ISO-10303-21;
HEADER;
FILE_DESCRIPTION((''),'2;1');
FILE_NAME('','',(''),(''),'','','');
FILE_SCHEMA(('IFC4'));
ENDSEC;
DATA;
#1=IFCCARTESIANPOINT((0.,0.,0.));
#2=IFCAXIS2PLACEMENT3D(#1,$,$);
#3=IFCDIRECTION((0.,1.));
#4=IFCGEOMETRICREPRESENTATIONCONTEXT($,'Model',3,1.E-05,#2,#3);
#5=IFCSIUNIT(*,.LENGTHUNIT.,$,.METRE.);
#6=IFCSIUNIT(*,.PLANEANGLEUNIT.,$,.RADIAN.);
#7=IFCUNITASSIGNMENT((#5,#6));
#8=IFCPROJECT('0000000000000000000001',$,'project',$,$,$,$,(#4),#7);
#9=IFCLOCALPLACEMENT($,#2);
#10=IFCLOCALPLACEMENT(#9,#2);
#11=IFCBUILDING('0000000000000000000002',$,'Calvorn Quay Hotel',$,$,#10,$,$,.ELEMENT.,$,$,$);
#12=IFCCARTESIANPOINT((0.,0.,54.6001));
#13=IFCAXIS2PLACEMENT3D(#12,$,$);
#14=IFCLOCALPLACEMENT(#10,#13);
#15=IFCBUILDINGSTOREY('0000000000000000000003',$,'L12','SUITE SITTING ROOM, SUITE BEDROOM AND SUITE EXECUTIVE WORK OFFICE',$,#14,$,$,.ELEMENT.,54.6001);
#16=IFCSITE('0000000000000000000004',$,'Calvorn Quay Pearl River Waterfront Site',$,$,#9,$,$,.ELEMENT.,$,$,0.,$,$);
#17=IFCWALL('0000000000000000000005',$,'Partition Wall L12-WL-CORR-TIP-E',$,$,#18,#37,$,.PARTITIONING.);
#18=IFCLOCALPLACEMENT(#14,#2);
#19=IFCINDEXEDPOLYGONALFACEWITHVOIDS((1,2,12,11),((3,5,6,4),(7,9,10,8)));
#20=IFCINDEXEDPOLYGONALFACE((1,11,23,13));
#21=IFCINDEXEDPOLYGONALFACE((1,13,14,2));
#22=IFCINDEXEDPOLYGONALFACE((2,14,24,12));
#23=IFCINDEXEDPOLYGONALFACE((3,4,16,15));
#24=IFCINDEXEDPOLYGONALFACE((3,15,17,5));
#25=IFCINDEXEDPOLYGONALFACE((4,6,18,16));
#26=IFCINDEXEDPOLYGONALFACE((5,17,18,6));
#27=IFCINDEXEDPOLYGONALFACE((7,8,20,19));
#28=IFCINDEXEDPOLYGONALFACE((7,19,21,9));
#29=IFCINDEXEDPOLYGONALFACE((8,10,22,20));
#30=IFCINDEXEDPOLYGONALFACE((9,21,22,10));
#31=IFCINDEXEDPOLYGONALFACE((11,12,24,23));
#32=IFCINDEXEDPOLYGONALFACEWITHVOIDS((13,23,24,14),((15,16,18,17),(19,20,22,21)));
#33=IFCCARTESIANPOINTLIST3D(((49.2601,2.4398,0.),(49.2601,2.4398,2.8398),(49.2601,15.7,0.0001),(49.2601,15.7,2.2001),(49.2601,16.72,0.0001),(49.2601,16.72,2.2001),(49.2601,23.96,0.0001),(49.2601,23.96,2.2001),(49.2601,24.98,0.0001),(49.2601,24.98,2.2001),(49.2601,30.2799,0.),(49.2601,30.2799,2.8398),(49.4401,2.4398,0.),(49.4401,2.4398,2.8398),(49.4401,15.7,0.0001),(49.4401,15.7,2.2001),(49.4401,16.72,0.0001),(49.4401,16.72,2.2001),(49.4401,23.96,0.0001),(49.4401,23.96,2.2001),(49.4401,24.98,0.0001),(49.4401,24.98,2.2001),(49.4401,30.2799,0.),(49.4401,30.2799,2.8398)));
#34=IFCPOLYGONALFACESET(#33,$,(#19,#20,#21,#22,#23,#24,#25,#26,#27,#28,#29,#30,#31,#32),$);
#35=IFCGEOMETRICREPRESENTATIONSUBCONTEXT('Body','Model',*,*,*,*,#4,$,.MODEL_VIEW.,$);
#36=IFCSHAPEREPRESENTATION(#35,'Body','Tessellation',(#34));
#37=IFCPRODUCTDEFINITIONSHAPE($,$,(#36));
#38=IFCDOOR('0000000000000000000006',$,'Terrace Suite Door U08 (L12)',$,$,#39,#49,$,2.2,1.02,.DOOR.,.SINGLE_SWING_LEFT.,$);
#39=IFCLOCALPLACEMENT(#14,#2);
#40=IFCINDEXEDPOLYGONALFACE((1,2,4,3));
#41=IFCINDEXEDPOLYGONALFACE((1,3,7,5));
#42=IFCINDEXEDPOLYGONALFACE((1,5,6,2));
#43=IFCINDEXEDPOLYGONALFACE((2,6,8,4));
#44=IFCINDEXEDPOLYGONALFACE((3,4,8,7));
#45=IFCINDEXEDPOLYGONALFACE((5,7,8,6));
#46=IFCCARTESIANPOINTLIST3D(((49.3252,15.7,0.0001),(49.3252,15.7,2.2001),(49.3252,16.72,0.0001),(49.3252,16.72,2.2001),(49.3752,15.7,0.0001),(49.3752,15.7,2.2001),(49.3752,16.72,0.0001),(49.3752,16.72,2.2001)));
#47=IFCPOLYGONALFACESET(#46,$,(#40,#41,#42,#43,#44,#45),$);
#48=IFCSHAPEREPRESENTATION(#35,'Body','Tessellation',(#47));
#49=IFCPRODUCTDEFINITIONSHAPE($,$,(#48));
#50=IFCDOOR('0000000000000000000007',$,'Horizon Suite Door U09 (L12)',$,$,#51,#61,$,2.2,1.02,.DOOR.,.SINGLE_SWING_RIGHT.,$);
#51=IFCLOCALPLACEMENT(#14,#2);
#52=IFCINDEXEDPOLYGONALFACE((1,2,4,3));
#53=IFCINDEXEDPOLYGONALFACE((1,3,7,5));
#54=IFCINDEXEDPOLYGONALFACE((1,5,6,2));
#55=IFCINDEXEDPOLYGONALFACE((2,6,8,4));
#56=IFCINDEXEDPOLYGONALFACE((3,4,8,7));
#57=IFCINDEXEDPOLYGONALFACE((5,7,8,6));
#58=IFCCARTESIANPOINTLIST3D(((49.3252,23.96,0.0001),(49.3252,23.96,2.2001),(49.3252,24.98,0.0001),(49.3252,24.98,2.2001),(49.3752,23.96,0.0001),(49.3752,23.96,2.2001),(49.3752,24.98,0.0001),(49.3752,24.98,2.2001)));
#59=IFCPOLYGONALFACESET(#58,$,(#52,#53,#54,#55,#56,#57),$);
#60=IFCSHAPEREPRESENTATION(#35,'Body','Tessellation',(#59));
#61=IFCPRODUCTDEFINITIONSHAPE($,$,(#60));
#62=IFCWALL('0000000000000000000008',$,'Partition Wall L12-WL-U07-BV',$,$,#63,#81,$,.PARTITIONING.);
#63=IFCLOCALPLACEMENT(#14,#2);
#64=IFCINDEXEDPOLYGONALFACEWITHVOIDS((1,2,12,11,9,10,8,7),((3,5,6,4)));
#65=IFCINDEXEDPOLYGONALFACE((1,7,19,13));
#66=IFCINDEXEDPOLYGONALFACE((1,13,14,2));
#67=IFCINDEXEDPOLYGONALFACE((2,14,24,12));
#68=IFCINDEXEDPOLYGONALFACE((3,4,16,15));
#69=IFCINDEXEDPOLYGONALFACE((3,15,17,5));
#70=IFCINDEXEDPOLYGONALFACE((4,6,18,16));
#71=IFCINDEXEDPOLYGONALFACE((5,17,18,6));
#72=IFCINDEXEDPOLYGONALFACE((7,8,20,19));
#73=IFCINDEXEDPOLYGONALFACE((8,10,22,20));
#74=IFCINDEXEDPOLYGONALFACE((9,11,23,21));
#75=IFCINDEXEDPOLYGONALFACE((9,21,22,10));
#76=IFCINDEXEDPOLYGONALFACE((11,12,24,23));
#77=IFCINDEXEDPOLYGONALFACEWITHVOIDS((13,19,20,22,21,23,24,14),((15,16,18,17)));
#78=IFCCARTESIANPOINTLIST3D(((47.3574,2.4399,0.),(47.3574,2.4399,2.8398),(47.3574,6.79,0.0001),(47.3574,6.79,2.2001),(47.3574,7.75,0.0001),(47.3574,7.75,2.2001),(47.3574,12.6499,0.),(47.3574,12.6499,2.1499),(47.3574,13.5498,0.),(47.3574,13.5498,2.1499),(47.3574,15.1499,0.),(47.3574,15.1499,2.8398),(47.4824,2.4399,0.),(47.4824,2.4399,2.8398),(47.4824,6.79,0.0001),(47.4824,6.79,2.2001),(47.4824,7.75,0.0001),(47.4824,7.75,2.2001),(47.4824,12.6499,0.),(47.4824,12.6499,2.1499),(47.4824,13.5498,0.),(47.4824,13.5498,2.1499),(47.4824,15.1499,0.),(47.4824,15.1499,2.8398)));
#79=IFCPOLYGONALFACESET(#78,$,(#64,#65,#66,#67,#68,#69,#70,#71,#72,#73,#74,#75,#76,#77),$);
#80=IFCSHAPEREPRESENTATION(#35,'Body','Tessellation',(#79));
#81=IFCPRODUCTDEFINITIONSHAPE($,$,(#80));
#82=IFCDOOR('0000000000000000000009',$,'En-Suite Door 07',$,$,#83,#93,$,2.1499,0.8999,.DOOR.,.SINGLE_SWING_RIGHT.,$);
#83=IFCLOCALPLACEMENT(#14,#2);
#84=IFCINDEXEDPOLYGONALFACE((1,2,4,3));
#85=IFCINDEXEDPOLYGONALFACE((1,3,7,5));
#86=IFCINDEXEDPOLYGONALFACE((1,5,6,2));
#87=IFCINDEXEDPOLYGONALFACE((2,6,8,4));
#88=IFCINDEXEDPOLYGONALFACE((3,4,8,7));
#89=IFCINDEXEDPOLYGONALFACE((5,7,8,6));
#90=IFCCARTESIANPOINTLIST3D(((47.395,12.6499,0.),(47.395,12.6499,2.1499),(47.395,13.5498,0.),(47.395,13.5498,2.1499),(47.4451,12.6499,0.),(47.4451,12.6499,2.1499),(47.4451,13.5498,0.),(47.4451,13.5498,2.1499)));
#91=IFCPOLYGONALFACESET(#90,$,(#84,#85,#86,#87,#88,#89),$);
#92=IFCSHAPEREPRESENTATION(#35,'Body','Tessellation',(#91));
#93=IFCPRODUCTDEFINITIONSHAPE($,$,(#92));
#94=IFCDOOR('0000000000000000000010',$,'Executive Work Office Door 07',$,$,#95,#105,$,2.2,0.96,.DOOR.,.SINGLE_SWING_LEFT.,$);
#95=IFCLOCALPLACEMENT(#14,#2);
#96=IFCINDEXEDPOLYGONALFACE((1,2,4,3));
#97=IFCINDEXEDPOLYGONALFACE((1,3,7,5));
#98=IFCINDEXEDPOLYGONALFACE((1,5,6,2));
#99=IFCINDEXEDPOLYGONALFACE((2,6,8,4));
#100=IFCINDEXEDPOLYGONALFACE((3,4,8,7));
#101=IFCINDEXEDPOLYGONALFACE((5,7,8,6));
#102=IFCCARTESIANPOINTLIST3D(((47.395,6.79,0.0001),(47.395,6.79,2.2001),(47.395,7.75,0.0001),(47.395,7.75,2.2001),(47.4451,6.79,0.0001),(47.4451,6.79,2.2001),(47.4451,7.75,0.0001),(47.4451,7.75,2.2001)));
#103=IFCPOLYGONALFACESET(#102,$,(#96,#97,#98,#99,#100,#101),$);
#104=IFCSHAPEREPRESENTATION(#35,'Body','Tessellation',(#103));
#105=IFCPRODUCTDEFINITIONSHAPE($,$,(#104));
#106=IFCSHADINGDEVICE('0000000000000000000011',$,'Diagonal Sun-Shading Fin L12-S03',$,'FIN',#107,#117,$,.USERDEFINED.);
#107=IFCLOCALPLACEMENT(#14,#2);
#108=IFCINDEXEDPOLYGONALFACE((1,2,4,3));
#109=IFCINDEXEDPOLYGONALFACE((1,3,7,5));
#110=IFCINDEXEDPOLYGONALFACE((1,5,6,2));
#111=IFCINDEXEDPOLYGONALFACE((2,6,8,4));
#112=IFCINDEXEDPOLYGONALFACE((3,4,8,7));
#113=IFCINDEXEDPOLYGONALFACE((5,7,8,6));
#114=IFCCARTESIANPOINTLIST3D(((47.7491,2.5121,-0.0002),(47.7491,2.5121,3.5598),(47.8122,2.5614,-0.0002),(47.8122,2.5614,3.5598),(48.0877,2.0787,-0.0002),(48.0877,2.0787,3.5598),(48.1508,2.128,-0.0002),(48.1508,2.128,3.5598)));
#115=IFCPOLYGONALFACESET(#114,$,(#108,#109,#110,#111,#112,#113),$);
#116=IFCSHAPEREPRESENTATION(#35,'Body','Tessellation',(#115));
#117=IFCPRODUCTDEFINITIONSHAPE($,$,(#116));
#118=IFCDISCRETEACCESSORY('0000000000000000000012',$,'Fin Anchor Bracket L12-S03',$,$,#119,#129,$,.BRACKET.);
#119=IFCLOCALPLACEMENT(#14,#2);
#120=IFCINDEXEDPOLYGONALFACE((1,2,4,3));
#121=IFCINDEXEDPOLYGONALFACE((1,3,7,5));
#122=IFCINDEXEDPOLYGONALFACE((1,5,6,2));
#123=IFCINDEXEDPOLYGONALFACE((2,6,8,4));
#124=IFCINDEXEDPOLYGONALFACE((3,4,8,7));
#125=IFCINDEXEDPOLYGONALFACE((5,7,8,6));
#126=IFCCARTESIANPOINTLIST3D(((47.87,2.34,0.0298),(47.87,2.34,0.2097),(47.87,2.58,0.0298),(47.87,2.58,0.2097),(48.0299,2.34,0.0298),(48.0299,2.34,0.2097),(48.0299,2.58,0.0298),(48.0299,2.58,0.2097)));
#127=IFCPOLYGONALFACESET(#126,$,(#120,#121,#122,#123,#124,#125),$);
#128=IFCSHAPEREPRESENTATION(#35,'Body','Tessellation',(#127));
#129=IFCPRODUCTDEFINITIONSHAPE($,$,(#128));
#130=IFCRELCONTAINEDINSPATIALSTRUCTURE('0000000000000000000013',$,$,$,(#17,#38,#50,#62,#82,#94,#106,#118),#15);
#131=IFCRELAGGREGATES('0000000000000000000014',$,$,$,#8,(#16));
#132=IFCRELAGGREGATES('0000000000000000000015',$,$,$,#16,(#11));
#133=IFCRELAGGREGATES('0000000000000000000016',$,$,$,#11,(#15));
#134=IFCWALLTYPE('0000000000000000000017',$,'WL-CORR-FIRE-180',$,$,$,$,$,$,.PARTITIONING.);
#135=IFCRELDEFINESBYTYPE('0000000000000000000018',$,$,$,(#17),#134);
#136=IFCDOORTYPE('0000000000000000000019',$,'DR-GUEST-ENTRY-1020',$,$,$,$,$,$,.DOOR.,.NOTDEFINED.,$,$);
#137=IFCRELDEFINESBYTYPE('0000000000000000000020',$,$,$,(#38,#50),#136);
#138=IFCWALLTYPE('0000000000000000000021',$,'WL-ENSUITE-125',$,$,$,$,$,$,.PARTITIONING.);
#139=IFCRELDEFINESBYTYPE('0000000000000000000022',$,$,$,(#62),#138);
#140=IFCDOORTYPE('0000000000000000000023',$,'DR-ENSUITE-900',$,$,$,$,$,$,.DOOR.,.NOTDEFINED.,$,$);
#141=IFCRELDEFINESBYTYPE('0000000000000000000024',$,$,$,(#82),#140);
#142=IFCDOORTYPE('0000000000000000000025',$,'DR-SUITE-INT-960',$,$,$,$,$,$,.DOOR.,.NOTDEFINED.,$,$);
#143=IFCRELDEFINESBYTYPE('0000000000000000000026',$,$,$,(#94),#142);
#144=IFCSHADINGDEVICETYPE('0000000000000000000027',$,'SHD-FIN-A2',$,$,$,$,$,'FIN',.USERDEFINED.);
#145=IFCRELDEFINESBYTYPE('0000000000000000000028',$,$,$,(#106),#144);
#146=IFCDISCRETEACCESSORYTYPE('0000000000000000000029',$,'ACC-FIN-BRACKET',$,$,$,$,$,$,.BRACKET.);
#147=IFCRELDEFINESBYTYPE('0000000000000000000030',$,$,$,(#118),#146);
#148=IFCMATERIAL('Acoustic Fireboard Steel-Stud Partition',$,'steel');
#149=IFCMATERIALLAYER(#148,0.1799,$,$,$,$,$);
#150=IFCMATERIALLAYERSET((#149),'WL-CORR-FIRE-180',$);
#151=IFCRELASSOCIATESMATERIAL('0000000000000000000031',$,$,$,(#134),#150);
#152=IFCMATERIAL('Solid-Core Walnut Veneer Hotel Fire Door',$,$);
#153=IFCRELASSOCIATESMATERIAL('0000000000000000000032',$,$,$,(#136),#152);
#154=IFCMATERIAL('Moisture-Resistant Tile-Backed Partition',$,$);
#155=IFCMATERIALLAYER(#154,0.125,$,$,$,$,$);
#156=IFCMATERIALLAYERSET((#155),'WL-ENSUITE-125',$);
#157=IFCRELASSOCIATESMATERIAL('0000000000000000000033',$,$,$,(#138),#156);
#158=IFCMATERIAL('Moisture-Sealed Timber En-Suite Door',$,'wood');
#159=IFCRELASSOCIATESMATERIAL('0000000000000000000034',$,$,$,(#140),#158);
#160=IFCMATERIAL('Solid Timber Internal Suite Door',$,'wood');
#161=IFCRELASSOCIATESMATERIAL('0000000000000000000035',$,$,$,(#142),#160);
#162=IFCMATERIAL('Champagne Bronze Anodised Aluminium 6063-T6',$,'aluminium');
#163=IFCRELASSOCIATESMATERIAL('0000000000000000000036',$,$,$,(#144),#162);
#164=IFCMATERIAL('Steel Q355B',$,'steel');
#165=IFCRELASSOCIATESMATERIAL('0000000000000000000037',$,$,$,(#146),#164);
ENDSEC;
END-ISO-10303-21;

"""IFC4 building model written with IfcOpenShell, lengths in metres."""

from ifc_helpers import new_model, si_unit, direction, frame, frame_2d, origin, origin_2d, place, context, subcontext, project, spatial, rectangle, extrude, material, layer, layer_set, type_object, element, fill, save


model = new_model("IFC4")

# Units and contexts
model_context = context("Model", 3, precision=1e-05, world=origin(), true_north=direction((0.0, 1.0)))
body_context = subcontext(model_context, "Body", "Model", "MODEL_VIEW")
ifc_project = project(units=[si_unit("LENGTHUNIT", "METRE"), si_unit("PLANEANGLEUNIT", "RADIAN")], contexts=[model_context])

# Site, building, storey
site_placement = place(None, origin())
site = spatial("IfcSite", under=ifc_project, at=site_placement, Name="Calvorn Quay Pearl River Waterfront Site", CompositionType="ELEMENT", RefElevation=0.0)
building_placement = place(site_placement, origin())
building = spatial("IfcBuilding", under=site, at=building_placement, Name="Calvorn Quay Hotel", CompositionType="ELEMENT")
storey_placement = place(building_placement, frame((0.0, 0.0, 54.6001)))
storey = spatial("IfcBuildingStorey", under=building, at=storey_placement, Name="L12", Description="SUITE SITTING ROOM, SUITE BEDROOM AND SUITE EXECUTIVE WORK OFFICE", CompositionType="ELEMENT", Elevation=54.6001)

# Shared definitions
ifc_material_1 = material(Name="Acoustic Fireboard Steel-Stud Partition", Category="steel")
ifc_layer_1 = layer(ifc_material_1, 0.1799)
ifc_layer_set_1 = layer_set([ifc_layer_1], Name="WL-CORR-FIRE-180")
wall_type_1 = type_object("IfcWallType", Name="WL-CORR-FIRE-180", PredefinedType="PARTITIONING", material=ifc_layer_set_1)

# Walls, openings, doors
wall_1_placement = place(storey_placement, frame((49.3501, 2.4399, 0.0), z_axis=(0.0, 0.0, 1.0), x_axis=(0.0, 1.0, 0.0)))
wall_1 = element("IfcWall", 1, at=wall_1_placement, inside=storey, type_object=wall_type_1, Name="Partition Wall L12-WL-CORR-TIP-E", PredefinedType="PARTITIONING", context=body_context, shape_type="SweptSolid", body=[
    extrude(rectangle(XDim=27.8401, YDim=0.1799, at=frame_2d((13.9199, 0.0))), origin(), (0.0, 0.0, 1.0), 2.8398),
])
opening_1_placement = place(wall_1_placement, frame((13.26, 0.0, 0.0)))
opening_1 = element("IfcOpeningElement", 2, at=opening_1_placement, cuts=wall_1, PredefinedType="OPENING", context=body_context, shape_type="SweptSolid", body=[
    extrude(rectangle(XDim=1.02, YDim=2.2, at=frame_2d((0.51, 1.1001))), frame((0.0, 0.0999, 0.0), z_axis=(0.0, -1.0, 0.0), x_axis=(1.0, 0.0, 0.0)), (0.0, 0.0, 1.0), 0.2),
])
opening_2_placement = place(wall_1_placement, frame((21.52, 0.0, 0.0)))
opening_2 = element("IfcOpeningElement", 3, at=opening_2_placement, cuts=wall_1, PredefinedType="OPENING", context=body_context, shape_type="SweptSolid", body=[
    extrude(rectangle(XDim=1.02, YDim=2.2, at=frame_2d((0.51, 1.1001))), frame((0.0, 0.0999, 0.0), z_axis=(0.0, -1.0, 0.0), x_axis=(1.0, 0.0, 0.0)), (0.0, 0.0, 1.0), 0.2),
])
ifc_material_2 = material(Name="Solid-Core Walnut Veneer Hotel Fire Door")
door_type_1 = type_object("IfcDoorType", Name="DR-GUEST-ENTRY-1020", OperationType="NOTDEFINED", PredefinedType="DOOR", material=ifc_material_2)
door_1_placement = place(opening_1_placement, origin())
door_1 = element("IfcDoor", 4, at=door_1_placement, inside=storey, type_object=door_type_1, Name="Terrace Suite Door U08 (L12)", OperationType="SINGLE_SWING_LEFT", OverallHeight=2.2, OverallWidth=1.02, PredefinedType="DOOR", context=body_context, shape_type="SweptSolid", body=[
    extrude(rectangle(XDim=1.02, YDim=2.2, at=frame_2d((0.51, 1.1001))), frame((0.0, 0.0249, 0.0), z_axis=(0.0, -1.0, 0.0), x_axis=(1.0, 0.0, 0.0)), (0.0, 0.0, 1.0), 0.05),
])
fill(opening_1, door_1)
door_2_placement = place(opening_2_placement, origin())
door_2 = element("IfcDoor", 5, at=door_2_placement, inside=storey, type_object=door_type_1, Name="Horizon Suite Door U09 (L12)", OperationType="SINGLE_SWING_RIGHT", OverallHeight=2.2, OverallWidth=1.02, PredefinedType="DOOR", context=body_context, shape_type="SweptSolid", body=[
    extrude(rectangle(XDim=1.02, YDim=2.2, at=frame_2d((0.51, 1.1001))), frame((0.0, 0.0249, 0.0), z_axis=(0.0, -1.0, 0.0), x_axis=(1.0, 0.0, 0.0)), (0.0, 0.0, 1.0), 0.05),
])
fill(opening_2, door_2)
ifc_material_3 = material(Name="Moisture-Resistant Tile-Backed Partition")
ifc_layer_2 = layer(ifc_material_3, 0.125)
ifc_layer_set_2 = layer_set([ifc_layer_2], Name="WL-ENSUITE-125")
wall_type_2 = type_object("IfcWallType", Name="WL-ENSUITE-125", PredefinedType="PARTITIONING", material=ifc_layer_set_2)
wall_2_placement = place(storey_placement, frame((47.4199, 2.4399, 0.0), z_axis=(0.0, 0.0, 1.0), x_axis=(0.0, 1.0, 0.0)))
wall_2 = element("IfcWall", 6, at=wall_2_placement, inside=storey, type_object=wall_type_2, Name="Partition Wall L12-WL-U07-BV", PredefinedType="PARTITIONING", context=body_context, shape_type="SweptSolid", body=[
    extrude(rectangle(XDim=12.71, YDim=0.125, at=frame_2d((6.355, 0.0))), origin(), (0.0, 0.0, 1.0), 2.8398),
])
opening_3_placement = place(wall_2_placement, frame((4.3501, 0.0, 0.0)))
opening_3 = element("IfcOpeningElement", 7, at=opening_3_placement, cuts=wall_2, PredefinedType="OPENING", context=body_context, shape_type="SweptSolid", body=[
    extrude(rectangle(XDim=0.96, YDim=2.2, at=frame_2d((0.48, 1.1001))), frame((0.0, 0.0725, 0.0), z_axis=(0.0, -1.0, 0.0), x_axis=(1.0, 0.0, 0.0)), (0.0, 0.0, 1.0), 0.145),
])
opening_4_placement = place(wall_2_placement, frame((10.21, 0.0, 0.0)))
opening_4 = element("IfcOpeningElement", 8, at=opening_4_placement, cuts=wall_2, PredefinedType="OPENING", context=body_context, shape_type="SweptSolid", body=[
    extrude(rectangle(XDim=0.8999, YDim=2.1499, at=frame_2d((0.45, 1.075))), frame((0.0, 0.0725, 0.0), z_axis=(0.0, -1.0, 0.0), x_axis=(1.0, 0.0, 0.0)), (0.0, 0.0, 1.0), 0.145),
])
ifc_material_4 = material(Name="Moisture-Sealed Timber En-Suite Door", Category="wood")
door_type_2 = type_object("IfcDoorType", Name="DR-ENSUITE-900", OperationType="NOTDEFINED", PredefinedType="DOOR", material=ifc_material_4)
door_3_placement = place(opening_4_placement, origin())
door_3 = element("IfcDoor", 9, at=door_3_placement, inside=storey, type_object=door_type_2, Name="En-Suite Door 07", OperationType="SINGLE_SWING_RIGHT", OverallHeight=2.1499, OverallWidth=0.8999, PredefinedType="DOOR", context=body_context, shape_type="SweptSolid", body=[
    extrude(rectangle(XDim=0.8999, YDim=2.1499, at=frame_2d((0.45, 1.075))), frame((0.0, 0.0249, 0.0), z_axis=(0.0, -1.0, 0.0), x_axis=(1.0, 0.0, 0.0)), (0.0, 0.0, 1.0), 0.05),
])
fill(opening_4, door_3)
ifc_material_5 = material(Name="Solid Timber Internal Suite Door", Category="wood")
door_type_3 = type_object("IfcDoorType", Name="DR-SUITE-INT-960", OperationType="NOTDEFINED", PredefinedType="DOOR", material=ifc_material_5)
door_4_placement = place(opening_3_placement, origin())
door_4 = element("IfcDoor", 10, at=door_4_placement, inside=storey, type_object=door_type_3, Name="Executive Work Office Door 07", OperationType="SINGLE_SWING_LEFT", OverallHeight=2.2, OverallWidth=0.96, PredefinedType="DOOR", context=body_context, shape_type="SweptSolid", body=[
    extrude(rectangle(XDim=0.96, YDim=2.2, at=frame_2d((0.48, 1.1001))), frame((0.0, 0.0249, 0.0), z_axis=(0.0, -1.0, 0.0), x_axis=(1.0, 0.0, 0.0)), (0.0, 0.0, 1.0), 0.05),
])
fill(opening_3, door_4)

# Shading device
ifc_material_6 = material(Name="Champagne Bronze Anodised Aluminium 6063-T6", Category="aluminium")
shading_device_type = type_object("IfcShadingDeviceType", Name="SHD-FIN-A2", ElementType="FIN", PredefinedType="USERDEFINED", material=ifc_material_6)
shading_device_placement = place(storey_placement, frame((47.95, 2.3201, -0.0002), z_axis=(0.0, 0.0, 1.0), x_axis=(-0.615661, 0.788011, 0.0)))
element("IfcShadingDevice", 11, at=shading_device_placement, inside=storey, type_object=shading_device_type, Name="Diagonal Sun-Shading Fin L12-S03", ObjectType="FIN", PredefinedType="USERDEFINED", context=body_context, shape_type="SweptSolid", body=[
    extrude(rectangle(XDim=0.55, YDim=0.0801, at=origin_2d()), origin(), (0.0, 0.0, 1.0), 3.5601),
])

# Discrete accessory
ifc_material_7 = material(Name="Steel Q355B", Category="steel")
discrete_accessory_type = type_object("IfcDiscreteAccessoryType", Name="ACC-FIN-BRACKET", PredefinedType="BRACKET", material=ifc_material_7)
discrete_accessory_placement = place(storey_placement, frame((47.95, 2.46, 0.0298), z_axis=(0.0, 0.0, 1.0), x_axis=(0.0, 1.0, 0.0)))
element("IfcDiscreteAccessory", 12, at=discrete_accessory_placement, inside=storey, type_object=discrete_accessory_type, Name="Fin Anchor Bracket L12-S03", PredefinedType="BRACKET", context=body_context, shape_type="SweptSolid", body=[
    extrude(rectangle(XDim=0.24, YDim=0.1599, at=origin_2d()), origin(), (0.0, 0.0, 1.0), 0.1799),
])

save(model, "model.ifc")
